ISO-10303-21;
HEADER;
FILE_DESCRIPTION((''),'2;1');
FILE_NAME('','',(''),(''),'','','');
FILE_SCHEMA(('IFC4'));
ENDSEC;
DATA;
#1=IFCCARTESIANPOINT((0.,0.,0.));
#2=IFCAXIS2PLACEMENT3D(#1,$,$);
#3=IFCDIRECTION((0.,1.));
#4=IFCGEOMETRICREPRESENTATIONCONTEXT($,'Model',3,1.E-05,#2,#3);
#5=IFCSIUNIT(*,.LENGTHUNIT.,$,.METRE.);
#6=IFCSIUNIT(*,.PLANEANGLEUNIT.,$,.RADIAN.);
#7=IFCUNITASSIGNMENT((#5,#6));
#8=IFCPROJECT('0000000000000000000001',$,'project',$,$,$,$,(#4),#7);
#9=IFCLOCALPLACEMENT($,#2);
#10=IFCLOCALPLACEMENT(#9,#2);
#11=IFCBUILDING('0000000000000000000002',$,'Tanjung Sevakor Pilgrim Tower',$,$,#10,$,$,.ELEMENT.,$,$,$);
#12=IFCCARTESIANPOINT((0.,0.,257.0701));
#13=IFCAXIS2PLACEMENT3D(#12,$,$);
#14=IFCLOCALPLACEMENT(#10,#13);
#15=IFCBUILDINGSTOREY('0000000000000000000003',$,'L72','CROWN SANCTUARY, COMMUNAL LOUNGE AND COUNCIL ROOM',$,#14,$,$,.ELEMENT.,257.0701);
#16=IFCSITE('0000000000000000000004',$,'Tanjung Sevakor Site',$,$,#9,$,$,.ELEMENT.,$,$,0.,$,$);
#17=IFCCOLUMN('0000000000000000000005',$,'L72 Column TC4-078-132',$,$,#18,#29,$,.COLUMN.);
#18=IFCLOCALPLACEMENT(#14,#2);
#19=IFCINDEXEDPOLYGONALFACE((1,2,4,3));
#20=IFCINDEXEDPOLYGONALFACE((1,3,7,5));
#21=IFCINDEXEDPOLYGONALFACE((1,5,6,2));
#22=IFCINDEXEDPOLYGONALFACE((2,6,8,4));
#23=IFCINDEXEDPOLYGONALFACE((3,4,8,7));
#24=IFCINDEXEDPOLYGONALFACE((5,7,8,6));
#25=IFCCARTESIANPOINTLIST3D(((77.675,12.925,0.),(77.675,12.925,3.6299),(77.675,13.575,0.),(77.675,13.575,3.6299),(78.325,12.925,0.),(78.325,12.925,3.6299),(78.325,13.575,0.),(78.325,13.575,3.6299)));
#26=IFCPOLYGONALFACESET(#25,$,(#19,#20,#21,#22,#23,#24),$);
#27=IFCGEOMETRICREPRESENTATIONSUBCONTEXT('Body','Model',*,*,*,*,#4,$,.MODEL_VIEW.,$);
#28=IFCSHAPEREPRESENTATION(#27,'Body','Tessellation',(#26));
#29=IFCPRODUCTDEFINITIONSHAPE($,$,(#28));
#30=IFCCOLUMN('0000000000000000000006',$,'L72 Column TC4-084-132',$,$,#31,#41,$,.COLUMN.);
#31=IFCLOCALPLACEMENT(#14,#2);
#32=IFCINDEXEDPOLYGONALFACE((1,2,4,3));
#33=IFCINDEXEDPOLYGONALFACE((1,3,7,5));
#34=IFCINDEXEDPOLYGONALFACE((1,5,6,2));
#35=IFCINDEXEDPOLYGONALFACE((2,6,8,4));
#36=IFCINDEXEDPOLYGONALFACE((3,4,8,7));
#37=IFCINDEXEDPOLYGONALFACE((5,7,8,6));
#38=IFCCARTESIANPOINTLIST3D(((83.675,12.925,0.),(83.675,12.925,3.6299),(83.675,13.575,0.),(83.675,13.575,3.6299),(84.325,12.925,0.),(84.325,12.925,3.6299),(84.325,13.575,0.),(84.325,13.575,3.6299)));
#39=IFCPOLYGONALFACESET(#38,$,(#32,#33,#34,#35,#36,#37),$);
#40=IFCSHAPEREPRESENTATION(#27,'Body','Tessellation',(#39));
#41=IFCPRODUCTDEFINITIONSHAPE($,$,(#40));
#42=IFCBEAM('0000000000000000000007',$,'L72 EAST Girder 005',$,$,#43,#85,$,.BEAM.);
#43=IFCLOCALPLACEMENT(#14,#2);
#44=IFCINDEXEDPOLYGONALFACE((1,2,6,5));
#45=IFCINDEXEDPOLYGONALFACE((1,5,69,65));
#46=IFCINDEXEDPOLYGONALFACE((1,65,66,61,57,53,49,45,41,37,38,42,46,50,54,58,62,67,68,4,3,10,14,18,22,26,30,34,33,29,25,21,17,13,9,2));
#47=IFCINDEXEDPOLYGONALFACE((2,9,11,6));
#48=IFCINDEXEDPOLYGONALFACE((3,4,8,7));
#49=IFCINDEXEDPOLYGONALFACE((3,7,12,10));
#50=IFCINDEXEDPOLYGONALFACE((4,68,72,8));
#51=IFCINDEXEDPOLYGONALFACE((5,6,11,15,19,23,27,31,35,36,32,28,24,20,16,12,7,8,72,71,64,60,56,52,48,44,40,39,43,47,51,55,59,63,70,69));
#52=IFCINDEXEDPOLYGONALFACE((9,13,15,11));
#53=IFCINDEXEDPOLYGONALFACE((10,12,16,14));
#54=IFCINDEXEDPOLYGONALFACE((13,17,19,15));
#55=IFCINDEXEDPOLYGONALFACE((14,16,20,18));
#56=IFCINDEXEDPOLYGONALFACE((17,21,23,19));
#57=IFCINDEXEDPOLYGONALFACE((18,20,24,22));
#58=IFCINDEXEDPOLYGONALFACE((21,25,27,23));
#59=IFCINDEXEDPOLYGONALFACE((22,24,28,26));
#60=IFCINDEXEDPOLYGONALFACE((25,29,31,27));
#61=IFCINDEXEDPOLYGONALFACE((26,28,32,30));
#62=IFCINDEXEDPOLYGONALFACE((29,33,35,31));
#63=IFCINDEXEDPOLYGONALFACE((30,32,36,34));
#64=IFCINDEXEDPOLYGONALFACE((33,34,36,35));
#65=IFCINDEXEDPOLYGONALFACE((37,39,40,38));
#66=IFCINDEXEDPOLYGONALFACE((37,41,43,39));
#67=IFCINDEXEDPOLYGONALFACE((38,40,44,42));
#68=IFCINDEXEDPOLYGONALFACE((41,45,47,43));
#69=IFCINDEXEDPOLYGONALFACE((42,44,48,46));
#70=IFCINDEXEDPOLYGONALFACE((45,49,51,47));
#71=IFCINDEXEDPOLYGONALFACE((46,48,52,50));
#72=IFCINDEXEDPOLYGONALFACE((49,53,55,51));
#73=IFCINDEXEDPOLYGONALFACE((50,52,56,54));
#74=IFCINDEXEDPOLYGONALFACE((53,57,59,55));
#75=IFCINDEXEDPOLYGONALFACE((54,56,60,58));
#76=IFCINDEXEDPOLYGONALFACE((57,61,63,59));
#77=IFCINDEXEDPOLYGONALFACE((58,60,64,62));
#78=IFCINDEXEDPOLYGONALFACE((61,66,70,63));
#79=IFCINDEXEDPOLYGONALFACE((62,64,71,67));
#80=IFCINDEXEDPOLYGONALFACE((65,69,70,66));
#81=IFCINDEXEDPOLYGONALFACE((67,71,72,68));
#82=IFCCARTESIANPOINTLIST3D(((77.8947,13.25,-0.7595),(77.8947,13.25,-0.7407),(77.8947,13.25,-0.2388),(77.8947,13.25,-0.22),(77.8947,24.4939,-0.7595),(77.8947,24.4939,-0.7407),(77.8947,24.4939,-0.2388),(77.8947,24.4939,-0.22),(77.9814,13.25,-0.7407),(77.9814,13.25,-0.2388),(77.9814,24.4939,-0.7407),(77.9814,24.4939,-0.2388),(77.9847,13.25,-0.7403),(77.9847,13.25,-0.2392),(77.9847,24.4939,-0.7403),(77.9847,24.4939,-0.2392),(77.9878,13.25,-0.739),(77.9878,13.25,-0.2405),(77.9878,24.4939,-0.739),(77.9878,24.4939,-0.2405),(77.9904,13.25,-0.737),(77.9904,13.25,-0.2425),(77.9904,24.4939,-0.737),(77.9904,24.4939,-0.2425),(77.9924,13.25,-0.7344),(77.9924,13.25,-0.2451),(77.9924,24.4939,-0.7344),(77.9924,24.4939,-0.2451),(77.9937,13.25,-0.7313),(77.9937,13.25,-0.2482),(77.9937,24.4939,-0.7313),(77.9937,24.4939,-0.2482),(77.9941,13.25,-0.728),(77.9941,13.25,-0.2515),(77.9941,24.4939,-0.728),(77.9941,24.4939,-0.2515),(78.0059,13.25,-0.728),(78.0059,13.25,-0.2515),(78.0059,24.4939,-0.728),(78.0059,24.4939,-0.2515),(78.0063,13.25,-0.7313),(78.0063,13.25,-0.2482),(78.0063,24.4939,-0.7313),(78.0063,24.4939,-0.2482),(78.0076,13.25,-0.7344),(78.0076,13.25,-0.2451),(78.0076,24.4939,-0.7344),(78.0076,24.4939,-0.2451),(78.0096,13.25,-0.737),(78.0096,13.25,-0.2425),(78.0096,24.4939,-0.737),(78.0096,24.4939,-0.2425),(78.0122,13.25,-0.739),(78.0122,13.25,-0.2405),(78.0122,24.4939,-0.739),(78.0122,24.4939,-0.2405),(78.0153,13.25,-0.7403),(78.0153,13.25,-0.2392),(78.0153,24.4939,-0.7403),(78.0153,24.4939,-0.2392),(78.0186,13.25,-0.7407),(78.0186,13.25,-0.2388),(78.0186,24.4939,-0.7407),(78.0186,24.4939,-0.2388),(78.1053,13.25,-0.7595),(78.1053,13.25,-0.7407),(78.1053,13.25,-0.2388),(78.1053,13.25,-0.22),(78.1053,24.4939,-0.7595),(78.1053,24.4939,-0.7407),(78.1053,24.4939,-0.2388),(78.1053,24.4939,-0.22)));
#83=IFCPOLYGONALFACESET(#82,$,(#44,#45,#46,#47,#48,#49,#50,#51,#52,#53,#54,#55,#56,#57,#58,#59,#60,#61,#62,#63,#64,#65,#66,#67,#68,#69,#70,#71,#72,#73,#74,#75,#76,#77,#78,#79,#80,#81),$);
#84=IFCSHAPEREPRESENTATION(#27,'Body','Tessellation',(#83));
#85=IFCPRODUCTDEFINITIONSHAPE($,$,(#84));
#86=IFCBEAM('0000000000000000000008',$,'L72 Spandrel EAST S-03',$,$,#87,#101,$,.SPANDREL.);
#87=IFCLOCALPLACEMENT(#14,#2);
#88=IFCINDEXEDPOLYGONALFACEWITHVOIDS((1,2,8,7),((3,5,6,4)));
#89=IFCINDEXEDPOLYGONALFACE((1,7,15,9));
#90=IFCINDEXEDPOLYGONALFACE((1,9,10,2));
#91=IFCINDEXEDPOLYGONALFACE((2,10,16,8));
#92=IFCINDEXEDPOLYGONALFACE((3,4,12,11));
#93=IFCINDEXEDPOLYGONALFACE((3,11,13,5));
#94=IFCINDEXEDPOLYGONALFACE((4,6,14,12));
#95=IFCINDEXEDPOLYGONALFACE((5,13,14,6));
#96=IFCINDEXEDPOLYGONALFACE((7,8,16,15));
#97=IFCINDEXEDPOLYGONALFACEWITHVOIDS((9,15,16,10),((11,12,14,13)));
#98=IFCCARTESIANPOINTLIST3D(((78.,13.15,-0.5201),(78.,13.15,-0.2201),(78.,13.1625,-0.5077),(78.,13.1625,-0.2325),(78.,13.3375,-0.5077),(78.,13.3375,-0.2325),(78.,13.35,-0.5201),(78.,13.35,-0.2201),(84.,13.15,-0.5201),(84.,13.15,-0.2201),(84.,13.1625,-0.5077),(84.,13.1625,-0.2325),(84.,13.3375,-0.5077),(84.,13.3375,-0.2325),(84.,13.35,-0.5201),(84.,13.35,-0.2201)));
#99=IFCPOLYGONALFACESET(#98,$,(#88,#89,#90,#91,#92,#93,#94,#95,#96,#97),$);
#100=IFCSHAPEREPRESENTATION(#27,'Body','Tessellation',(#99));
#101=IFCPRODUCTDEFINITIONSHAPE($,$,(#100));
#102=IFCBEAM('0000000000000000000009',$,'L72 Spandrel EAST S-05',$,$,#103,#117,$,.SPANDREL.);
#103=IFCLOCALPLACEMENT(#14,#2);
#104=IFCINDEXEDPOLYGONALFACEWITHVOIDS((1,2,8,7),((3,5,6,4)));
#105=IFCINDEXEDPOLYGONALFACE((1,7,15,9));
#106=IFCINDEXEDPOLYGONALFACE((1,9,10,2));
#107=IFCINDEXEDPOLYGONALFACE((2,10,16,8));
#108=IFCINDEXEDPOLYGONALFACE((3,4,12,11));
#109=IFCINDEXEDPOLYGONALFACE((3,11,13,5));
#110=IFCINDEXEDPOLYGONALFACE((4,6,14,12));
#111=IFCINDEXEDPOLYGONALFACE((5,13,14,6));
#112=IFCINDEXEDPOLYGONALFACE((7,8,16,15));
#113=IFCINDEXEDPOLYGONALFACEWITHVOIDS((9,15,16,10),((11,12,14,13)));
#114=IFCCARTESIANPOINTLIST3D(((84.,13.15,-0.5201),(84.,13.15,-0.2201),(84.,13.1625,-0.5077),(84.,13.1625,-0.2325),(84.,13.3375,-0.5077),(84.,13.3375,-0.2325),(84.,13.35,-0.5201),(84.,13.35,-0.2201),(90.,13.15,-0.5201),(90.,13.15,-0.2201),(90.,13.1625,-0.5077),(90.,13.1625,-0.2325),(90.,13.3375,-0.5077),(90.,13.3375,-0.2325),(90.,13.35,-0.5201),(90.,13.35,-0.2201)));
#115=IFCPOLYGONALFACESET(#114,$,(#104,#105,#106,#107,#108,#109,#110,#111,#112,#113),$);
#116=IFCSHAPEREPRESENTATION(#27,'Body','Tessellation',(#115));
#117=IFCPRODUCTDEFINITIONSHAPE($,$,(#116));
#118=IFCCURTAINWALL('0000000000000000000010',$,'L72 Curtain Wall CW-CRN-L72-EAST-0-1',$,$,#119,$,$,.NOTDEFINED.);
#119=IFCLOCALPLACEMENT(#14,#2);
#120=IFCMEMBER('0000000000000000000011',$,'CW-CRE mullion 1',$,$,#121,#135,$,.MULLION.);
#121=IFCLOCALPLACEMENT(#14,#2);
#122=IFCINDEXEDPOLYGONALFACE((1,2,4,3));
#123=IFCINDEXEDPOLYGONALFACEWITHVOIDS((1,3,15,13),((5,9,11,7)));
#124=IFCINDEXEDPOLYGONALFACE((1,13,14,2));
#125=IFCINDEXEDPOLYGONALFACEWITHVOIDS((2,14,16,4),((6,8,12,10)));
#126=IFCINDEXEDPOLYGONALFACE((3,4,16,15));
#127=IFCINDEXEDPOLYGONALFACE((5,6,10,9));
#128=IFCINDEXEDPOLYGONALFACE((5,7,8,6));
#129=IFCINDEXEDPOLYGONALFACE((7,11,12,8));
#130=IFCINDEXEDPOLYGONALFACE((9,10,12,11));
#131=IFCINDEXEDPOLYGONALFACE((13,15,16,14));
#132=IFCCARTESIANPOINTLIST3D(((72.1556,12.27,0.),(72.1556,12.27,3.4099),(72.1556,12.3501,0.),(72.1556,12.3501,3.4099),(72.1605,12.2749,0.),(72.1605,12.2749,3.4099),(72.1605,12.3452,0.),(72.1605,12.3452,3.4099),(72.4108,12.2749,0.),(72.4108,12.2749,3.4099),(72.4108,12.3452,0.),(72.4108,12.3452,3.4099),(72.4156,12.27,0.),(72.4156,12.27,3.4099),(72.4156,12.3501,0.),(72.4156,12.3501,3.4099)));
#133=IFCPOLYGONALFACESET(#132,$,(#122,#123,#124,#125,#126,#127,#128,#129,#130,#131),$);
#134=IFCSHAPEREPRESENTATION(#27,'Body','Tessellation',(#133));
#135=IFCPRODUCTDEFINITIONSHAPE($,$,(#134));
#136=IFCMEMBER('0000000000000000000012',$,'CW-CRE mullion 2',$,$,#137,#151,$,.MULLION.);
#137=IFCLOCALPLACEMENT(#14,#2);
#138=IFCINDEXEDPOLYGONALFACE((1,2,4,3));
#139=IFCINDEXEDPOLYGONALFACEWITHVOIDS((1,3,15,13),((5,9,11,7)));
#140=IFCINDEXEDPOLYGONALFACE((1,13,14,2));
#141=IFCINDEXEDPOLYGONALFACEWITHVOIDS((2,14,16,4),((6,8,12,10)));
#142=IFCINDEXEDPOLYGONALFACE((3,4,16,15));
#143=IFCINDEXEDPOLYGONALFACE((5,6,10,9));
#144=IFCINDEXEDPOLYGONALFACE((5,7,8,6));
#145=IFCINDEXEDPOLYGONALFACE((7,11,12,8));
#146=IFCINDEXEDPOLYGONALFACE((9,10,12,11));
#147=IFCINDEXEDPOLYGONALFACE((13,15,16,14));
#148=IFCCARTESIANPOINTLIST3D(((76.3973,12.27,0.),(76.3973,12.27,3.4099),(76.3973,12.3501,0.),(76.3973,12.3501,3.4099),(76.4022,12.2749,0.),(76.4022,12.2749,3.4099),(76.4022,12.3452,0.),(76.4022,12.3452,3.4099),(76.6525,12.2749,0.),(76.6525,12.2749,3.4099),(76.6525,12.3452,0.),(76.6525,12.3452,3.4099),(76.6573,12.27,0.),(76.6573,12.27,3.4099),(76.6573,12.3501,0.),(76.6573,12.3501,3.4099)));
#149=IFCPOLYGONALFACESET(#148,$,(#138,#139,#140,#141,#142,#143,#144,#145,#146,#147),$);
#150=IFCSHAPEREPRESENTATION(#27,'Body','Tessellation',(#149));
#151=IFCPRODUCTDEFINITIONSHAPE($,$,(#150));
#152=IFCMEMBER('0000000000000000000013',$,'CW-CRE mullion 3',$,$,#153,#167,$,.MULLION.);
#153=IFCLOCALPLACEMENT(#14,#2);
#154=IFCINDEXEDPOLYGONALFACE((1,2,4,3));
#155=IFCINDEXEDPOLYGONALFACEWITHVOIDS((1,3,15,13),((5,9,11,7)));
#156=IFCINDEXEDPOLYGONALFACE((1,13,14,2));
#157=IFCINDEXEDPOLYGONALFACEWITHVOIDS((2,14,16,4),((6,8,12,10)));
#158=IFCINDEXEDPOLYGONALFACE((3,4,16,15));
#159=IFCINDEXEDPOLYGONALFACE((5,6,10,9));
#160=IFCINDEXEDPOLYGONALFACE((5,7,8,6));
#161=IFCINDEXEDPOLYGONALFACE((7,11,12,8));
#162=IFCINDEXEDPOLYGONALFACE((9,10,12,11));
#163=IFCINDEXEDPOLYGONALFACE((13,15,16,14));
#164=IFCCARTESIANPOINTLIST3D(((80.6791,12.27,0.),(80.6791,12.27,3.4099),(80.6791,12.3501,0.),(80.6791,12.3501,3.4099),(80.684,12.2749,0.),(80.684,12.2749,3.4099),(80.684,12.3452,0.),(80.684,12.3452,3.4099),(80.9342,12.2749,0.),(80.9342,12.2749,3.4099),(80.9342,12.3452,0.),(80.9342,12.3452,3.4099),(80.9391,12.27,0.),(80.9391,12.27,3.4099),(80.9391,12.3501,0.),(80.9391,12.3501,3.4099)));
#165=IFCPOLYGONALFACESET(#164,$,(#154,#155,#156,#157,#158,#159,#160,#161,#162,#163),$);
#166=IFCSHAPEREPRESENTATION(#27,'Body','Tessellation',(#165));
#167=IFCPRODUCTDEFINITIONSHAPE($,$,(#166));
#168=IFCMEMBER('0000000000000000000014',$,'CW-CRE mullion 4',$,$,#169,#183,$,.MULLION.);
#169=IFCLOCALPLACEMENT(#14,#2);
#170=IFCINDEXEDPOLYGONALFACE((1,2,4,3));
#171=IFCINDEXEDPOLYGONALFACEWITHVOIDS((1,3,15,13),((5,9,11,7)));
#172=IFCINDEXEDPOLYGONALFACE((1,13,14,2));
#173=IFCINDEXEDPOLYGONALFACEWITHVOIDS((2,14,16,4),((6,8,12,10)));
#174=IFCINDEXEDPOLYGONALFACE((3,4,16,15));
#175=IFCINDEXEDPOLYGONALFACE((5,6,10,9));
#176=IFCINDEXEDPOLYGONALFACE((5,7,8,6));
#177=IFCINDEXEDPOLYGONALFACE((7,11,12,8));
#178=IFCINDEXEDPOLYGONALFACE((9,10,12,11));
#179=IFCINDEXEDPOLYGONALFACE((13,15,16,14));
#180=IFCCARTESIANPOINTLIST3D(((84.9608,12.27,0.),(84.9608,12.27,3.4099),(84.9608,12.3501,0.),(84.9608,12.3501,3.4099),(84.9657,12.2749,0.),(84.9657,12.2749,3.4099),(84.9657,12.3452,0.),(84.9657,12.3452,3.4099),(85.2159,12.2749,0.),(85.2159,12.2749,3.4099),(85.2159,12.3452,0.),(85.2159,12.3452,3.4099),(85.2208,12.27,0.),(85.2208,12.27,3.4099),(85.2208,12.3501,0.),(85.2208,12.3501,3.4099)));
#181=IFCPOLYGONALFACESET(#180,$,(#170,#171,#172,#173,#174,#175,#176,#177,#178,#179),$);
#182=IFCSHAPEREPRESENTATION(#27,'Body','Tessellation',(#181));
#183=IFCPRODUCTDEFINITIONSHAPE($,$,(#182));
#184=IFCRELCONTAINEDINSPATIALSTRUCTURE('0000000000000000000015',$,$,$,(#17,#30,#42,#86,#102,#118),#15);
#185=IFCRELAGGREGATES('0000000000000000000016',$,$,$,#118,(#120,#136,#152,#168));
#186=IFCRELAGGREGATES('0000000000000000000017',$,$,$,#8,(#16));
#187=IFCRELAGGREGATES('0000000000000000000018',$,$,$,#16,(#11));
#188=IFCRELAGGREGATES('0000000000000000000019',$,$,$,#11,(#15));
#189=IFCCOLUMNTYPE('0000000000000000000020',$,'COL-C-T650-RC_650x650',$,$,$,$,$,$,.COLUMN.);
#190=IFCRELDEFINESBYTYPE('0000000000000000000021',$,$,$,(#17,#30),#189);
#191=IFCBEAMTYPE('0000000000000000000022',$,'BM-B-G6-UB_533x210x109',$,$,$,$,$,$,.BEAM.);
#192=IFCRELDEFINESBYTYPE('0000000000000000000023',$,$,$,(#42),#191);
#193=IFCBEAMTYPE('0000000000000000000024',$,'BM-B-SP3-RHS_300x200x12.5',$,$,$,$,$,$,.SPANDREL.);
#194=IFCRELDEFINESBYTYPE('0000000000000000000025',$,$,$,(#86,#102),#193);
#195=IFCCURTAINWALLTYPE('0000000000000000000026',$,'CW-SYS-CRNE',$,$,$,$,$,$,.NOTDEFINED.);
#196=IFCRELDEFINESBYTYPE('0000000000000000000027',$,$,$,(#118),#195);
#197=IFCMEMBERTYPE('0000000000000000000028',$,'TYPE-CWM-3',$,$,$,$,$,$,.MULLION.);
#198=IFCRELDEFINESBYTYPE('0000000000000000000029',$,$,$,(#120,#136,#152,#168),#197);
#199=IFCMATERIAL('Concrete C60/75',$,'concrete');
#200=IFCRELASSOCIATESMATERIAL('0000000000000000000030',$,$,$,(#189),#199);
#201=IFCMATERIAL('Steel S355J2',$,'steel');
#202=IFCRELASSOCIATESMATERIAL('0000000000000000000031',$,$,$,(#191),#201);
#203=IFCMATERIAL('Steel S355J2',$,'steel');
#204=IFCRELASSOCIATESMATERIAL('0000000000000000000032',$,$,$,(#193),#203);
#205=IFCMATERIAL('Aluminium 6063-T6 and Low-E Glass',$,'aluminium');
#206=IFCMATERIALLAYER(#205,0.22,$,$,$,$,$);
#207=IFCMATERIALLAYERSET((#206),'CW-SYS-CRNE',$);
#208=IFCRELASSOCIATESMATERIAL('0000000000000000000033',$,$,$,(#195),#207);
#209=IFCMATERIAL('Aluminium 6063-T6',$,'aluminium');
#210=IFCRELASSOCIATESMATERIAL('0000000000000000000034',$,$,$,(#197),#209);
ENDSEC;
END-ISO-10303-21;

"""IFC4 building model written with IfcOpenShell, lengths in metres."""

from ifc_helpers import new_model, si_unit, direction, frame, origin, origin_2d, place, context, subcontext, project, spatial, rectangle, hollow_rectangle, i_section, extrude, material, layer, layer_set, material_profile, profile_set, type_object, element, aggregate, save


model = new_model("IFC4")

# Units and contexts
model_context = context("Model", 3, precision=1e-05, world=origin(), true_north=direction((0.0, 1.0)))
body_context = subcontext(model_context, "Body", "Model", "MODEL_VIEW")
ifc_project = project(units=[si_unit("LENGTHUNIT", "METRE"), si_unit("PLANEANGLEUNIT", "RADIAN")], contexts=[model_context])

# Site, building, storey
site_placement = place(None, origin())
site = spatial("IfcSite", under=ifc_project, at=site_placement, Name="Tanjung Sevakor Site", CompositionType="ELEMENT", RefElevation=0.0)
building_placement = place(site_placement, origin())
building = spatial("IfcBuilding", under=site, at=building_placement, Name="Tanjung Sevakor Pilgrim Tower", CompositionType="ELEMENT")
storey_placement = place(building_placement, frame((0.0, 0.0, 257.0701)))
storey = spatial("IfcBuildingStorey", under=building, at=storey_placement, Name="L72", Description="CROWN SANCTUARY, COMMUNAL LOUNGE AND COUNCIL ROOM", CompositionType="ELEMENT", Elevation=257.0701)

# Columns
ifc_material_1 = material(Name="Concrete C60/75", Category="concrete")
ifc_material_profile_1 = material_profile(ifc_material_1, rectangle(XDim=0.6499, YDim=0.6499, at=origin_2d()))
ifc_profile_set_1 = profile_set([ifc_material_profile_1], Name="Concrete C60/75")
column_type = type_object("IfcColumnType", Name="COL-C-T650-RC_650x650", PredefinedType="COLUMN", material=ifc_profile_set_1)
for number, where, z_axis, x_axis, name in (
    (1, (78.0, 13.25, 0.0), (0.0, 0.0, 1.0), (1.0, 0.0, 0.0), "L72 Column TC4-078-132"),
    (2, (84.0, 13.25, 0.0), (0.0, 0.0, 1.0), (1.0, 0.0, 0.0), "L72 Column TC4-084-132"),
):
    element("IfcColumn", number, at=place(storey_placement, frame(where, z_axis=z_axis, x_axis=x_axis)), inside=storey, type_object=column_type, Name=name, PredefinedType="COLUMN", context=body_context, shape_type="SweptSolid", body=[
        extrude(rectangle(XDim=0.6499, YDim=0.6499, at=origin_2d()), origin(), (0.0, 0.0, 1.0), 3.6299),
    ])

# Beams
ifc_material_2 = material(Name="Steel S355J2", Category="steel")
ifc_material_profile_2 = material_profile(ifc_material_2, i_section(OverallWidth=0.2107, OverallDepth=0.5396, WebThickness=0.0117, FlangeThickness=0.0188, FilletRadius=0.0127, at=origin_2d()))
ifc_profile_set_2 = profile_set([ifc_material_profile_2], Name="Steel S355J2")
beam_type_1 = type_object("IfcBeamType", Name="BM-B-G6-UB_533x210x109", PredefinedType="BEAM", material=ifc_profile_set_2)
beam_placement = place(storey_placement, frame((78.0, 13.25, -0.4897), z_axis=(0.0, 1.0, 0.0), x_axis=(-1.0, 0.0, 0.0)))
element("IfcBeam", 3, at=beam_placement, inside=storey, type_object=beam_type_1, Name="L72 EAST Girder 005", PredefinedType="BEAM", context=body_context, shape_type="SweptSolid", body=[
    extrude(i_section(OverallWidth=0.2107, OverallDepth=0.5396, WebThickness=0.0117, FlangeThickness=0.0188, FilletRadius=0.0127, at=origin_2d()), origin(), (0.0, 0.0, 1.0), 11.2439),
])
ifc_material_3 = material(Name="Steel S355J2", Category="steel")
ifc_material_profile_3 = material_profile(ifc_material_3, hollow_rectangle(XDim=0.2, YDim=0.3, WallThickness=0.0125, at=origin_2d()))
ifc_profile_set_3 = profile_set([ifc_material_profile_3], Name="Steel S355J2")
beam_type_2 = type_object("IfcBeamType", Name="BM-B-SP3-RHS_300x200x12.5", PredefinedType="SPANDREL", material=ifc_profile_set_3)
for number, where, z_axis, x_axis, name in (
    (4, (78.0, 13.25, -0.3701), (1.0, 0.0, 0.0), (0.0, 1.0, 0.0), "L72 Spandrel EAST S-03"),
    (5, (84.0, 13.25, -0.3701), (1.0, 0.0, 0.0), (0.0, 1.0, 0.0), "L72 Spandrel EAST S-05"),
):
    element("IfcBeam", number, at=place(storey_placement, frame(where, z_axis=z_axis, x_axis=x_axis)), inside=storey, type_object=beam_type_2, Name=name, PredefinedType="SPANDREL", context=body_context, shape_type="SweptSolid", body=[
        extrude(hollow_rectangle(XDim=0.2, YDim=0.3, WallThickness=0.0125, at=origin_2d()), origin(), (0.0, 0.0, 1.0), 6.0),
    ])

# Curtain wall, members
ifc_material_4 = material(Name="Aluminium 6063-T6 and Low-E Glass", Category="aluminium")
ifc_layer_1 = layer(ifc_material_4, 0.22)
ifc_layer_set_1 = layer_set([ifc_layer_1], Name="CW-SYS-CRNE")
curtain_wall_type = type_object("IfcCurtainWallType", Name="CW-SYS-CRNE", PredefinedType="NOTDEFINED", material=ifc_layer_set_1)
curtain_wall_placement = place(storey_placement, origin())
curtain_wall = element("IfcCurtainWall", 6, at=curtain_wall_placement, inside=storey, type_object=curtain_wall_type, Name="L72 Curtain Wall CW-CRN-L72-EAST-0-1", PredefinedType="NOTDEFINED")
ifc_material_5 = material(Name="Aluminium 6063-T6", Category="aluminium")
ifc_material_profile_4 = material_profile(ifc_material_5, hollow_rectangle(XDim=0.0801, YDim=0.26, WallThickness=0.0049, at=origin_2d()))
ifc_profile_set_4 = profile_set([ifc_material_profile_4], Name="Aluminium 6063-T6")
member_type_1 = type_object("IfcMemberType", Name="TYPE-CWM-3", PredefinedType="MULLION", material=ifc_profile_set_4)
member_1_placement = place(storey_placement, frame((72.2856, 12.3101, 0.0), z_axis=(0.0, 0.0, 1.0), x_axis=(0.0, 1.0, 0.0)))
member_1 = element("IfcMember", 7, at=member_1_placement, type_object=member_type_1, Name="CW-CRE mullion 1", PredefinedType="MULLION", context=body_context, shape_type="SweptSolid", body=[
    extrude(hollow_rectangle(XDim=0.0801, YDim=0.26, WallThickness=0.0049, at=origin_2d()), origin(), (0.0, 0.0, 1.0), 3.4099),
])
member_2_placement = place(storey_placement, frame((76.5273, 12.3101, 0.0), z_axis=(0.0, 0.0, 1.0), x_axis=(0.0, 1.0, 0.0)))
member_2 = element("IfcMember", 8, at=member_2_placement, type_object=member_type_1, Name="CW-CRE mullion 2", PredefinedType="MULLION", context=body_context, shape_type="SweptSolid", body=[
    extrude(hollow_rectangle(XDim=0.0801, YDim=0.26, WallThickness=0.0049, at=origin_2d()), origin(), (0.0, 0.0, 1.0), 3.4099),
])
member_3_placement = place(storey_placement, frame((80.8091, 12.3101, 0.0), z_axis=(0.0, 0.0, 1.0), x_axis=(0.0, 1.0, 0.0)))
member_3 = element("IfcMember", 9, at=member_3_placement, type_object=member_type_1, Name="CW-CRE mullion 3", PredefinedType="MULLION", context=body_context, shape_type="SweptSolid", body=[
    extrude(hollow_rectangle(XDim=0.0801, YDim=0.26, WallThickness=0.0049, at=origin_2d()), origin(), (0.0, 0.0, 1.0), 3.4099),
])
member_4_placement = place(storey_placement, frame((85.0908, 12.3101, 0.0), z_axis=(0.0, 0.0, 1.0), x_axis=(0.0, 1.0, 0.0)))
member_4 = element("IfcMember", 10, at=member_4_placement, type_object=member_type_1, Name="CW-CRE mullion 4", PredefinedType="MULLION", context=body_context, shape_type="SweptSolid", body=[
    extrude(hollow_rectangle(XDim=0.0801, YDim=0.26, WallThickness=0.0049, at=origin_2d()), origin(), (0.0, 0.0, 1.0), 3.4099),
])
aggregate(curtain_wall, [member_1, member_2, member_3, member_4])

save(model, "model.ifc")
